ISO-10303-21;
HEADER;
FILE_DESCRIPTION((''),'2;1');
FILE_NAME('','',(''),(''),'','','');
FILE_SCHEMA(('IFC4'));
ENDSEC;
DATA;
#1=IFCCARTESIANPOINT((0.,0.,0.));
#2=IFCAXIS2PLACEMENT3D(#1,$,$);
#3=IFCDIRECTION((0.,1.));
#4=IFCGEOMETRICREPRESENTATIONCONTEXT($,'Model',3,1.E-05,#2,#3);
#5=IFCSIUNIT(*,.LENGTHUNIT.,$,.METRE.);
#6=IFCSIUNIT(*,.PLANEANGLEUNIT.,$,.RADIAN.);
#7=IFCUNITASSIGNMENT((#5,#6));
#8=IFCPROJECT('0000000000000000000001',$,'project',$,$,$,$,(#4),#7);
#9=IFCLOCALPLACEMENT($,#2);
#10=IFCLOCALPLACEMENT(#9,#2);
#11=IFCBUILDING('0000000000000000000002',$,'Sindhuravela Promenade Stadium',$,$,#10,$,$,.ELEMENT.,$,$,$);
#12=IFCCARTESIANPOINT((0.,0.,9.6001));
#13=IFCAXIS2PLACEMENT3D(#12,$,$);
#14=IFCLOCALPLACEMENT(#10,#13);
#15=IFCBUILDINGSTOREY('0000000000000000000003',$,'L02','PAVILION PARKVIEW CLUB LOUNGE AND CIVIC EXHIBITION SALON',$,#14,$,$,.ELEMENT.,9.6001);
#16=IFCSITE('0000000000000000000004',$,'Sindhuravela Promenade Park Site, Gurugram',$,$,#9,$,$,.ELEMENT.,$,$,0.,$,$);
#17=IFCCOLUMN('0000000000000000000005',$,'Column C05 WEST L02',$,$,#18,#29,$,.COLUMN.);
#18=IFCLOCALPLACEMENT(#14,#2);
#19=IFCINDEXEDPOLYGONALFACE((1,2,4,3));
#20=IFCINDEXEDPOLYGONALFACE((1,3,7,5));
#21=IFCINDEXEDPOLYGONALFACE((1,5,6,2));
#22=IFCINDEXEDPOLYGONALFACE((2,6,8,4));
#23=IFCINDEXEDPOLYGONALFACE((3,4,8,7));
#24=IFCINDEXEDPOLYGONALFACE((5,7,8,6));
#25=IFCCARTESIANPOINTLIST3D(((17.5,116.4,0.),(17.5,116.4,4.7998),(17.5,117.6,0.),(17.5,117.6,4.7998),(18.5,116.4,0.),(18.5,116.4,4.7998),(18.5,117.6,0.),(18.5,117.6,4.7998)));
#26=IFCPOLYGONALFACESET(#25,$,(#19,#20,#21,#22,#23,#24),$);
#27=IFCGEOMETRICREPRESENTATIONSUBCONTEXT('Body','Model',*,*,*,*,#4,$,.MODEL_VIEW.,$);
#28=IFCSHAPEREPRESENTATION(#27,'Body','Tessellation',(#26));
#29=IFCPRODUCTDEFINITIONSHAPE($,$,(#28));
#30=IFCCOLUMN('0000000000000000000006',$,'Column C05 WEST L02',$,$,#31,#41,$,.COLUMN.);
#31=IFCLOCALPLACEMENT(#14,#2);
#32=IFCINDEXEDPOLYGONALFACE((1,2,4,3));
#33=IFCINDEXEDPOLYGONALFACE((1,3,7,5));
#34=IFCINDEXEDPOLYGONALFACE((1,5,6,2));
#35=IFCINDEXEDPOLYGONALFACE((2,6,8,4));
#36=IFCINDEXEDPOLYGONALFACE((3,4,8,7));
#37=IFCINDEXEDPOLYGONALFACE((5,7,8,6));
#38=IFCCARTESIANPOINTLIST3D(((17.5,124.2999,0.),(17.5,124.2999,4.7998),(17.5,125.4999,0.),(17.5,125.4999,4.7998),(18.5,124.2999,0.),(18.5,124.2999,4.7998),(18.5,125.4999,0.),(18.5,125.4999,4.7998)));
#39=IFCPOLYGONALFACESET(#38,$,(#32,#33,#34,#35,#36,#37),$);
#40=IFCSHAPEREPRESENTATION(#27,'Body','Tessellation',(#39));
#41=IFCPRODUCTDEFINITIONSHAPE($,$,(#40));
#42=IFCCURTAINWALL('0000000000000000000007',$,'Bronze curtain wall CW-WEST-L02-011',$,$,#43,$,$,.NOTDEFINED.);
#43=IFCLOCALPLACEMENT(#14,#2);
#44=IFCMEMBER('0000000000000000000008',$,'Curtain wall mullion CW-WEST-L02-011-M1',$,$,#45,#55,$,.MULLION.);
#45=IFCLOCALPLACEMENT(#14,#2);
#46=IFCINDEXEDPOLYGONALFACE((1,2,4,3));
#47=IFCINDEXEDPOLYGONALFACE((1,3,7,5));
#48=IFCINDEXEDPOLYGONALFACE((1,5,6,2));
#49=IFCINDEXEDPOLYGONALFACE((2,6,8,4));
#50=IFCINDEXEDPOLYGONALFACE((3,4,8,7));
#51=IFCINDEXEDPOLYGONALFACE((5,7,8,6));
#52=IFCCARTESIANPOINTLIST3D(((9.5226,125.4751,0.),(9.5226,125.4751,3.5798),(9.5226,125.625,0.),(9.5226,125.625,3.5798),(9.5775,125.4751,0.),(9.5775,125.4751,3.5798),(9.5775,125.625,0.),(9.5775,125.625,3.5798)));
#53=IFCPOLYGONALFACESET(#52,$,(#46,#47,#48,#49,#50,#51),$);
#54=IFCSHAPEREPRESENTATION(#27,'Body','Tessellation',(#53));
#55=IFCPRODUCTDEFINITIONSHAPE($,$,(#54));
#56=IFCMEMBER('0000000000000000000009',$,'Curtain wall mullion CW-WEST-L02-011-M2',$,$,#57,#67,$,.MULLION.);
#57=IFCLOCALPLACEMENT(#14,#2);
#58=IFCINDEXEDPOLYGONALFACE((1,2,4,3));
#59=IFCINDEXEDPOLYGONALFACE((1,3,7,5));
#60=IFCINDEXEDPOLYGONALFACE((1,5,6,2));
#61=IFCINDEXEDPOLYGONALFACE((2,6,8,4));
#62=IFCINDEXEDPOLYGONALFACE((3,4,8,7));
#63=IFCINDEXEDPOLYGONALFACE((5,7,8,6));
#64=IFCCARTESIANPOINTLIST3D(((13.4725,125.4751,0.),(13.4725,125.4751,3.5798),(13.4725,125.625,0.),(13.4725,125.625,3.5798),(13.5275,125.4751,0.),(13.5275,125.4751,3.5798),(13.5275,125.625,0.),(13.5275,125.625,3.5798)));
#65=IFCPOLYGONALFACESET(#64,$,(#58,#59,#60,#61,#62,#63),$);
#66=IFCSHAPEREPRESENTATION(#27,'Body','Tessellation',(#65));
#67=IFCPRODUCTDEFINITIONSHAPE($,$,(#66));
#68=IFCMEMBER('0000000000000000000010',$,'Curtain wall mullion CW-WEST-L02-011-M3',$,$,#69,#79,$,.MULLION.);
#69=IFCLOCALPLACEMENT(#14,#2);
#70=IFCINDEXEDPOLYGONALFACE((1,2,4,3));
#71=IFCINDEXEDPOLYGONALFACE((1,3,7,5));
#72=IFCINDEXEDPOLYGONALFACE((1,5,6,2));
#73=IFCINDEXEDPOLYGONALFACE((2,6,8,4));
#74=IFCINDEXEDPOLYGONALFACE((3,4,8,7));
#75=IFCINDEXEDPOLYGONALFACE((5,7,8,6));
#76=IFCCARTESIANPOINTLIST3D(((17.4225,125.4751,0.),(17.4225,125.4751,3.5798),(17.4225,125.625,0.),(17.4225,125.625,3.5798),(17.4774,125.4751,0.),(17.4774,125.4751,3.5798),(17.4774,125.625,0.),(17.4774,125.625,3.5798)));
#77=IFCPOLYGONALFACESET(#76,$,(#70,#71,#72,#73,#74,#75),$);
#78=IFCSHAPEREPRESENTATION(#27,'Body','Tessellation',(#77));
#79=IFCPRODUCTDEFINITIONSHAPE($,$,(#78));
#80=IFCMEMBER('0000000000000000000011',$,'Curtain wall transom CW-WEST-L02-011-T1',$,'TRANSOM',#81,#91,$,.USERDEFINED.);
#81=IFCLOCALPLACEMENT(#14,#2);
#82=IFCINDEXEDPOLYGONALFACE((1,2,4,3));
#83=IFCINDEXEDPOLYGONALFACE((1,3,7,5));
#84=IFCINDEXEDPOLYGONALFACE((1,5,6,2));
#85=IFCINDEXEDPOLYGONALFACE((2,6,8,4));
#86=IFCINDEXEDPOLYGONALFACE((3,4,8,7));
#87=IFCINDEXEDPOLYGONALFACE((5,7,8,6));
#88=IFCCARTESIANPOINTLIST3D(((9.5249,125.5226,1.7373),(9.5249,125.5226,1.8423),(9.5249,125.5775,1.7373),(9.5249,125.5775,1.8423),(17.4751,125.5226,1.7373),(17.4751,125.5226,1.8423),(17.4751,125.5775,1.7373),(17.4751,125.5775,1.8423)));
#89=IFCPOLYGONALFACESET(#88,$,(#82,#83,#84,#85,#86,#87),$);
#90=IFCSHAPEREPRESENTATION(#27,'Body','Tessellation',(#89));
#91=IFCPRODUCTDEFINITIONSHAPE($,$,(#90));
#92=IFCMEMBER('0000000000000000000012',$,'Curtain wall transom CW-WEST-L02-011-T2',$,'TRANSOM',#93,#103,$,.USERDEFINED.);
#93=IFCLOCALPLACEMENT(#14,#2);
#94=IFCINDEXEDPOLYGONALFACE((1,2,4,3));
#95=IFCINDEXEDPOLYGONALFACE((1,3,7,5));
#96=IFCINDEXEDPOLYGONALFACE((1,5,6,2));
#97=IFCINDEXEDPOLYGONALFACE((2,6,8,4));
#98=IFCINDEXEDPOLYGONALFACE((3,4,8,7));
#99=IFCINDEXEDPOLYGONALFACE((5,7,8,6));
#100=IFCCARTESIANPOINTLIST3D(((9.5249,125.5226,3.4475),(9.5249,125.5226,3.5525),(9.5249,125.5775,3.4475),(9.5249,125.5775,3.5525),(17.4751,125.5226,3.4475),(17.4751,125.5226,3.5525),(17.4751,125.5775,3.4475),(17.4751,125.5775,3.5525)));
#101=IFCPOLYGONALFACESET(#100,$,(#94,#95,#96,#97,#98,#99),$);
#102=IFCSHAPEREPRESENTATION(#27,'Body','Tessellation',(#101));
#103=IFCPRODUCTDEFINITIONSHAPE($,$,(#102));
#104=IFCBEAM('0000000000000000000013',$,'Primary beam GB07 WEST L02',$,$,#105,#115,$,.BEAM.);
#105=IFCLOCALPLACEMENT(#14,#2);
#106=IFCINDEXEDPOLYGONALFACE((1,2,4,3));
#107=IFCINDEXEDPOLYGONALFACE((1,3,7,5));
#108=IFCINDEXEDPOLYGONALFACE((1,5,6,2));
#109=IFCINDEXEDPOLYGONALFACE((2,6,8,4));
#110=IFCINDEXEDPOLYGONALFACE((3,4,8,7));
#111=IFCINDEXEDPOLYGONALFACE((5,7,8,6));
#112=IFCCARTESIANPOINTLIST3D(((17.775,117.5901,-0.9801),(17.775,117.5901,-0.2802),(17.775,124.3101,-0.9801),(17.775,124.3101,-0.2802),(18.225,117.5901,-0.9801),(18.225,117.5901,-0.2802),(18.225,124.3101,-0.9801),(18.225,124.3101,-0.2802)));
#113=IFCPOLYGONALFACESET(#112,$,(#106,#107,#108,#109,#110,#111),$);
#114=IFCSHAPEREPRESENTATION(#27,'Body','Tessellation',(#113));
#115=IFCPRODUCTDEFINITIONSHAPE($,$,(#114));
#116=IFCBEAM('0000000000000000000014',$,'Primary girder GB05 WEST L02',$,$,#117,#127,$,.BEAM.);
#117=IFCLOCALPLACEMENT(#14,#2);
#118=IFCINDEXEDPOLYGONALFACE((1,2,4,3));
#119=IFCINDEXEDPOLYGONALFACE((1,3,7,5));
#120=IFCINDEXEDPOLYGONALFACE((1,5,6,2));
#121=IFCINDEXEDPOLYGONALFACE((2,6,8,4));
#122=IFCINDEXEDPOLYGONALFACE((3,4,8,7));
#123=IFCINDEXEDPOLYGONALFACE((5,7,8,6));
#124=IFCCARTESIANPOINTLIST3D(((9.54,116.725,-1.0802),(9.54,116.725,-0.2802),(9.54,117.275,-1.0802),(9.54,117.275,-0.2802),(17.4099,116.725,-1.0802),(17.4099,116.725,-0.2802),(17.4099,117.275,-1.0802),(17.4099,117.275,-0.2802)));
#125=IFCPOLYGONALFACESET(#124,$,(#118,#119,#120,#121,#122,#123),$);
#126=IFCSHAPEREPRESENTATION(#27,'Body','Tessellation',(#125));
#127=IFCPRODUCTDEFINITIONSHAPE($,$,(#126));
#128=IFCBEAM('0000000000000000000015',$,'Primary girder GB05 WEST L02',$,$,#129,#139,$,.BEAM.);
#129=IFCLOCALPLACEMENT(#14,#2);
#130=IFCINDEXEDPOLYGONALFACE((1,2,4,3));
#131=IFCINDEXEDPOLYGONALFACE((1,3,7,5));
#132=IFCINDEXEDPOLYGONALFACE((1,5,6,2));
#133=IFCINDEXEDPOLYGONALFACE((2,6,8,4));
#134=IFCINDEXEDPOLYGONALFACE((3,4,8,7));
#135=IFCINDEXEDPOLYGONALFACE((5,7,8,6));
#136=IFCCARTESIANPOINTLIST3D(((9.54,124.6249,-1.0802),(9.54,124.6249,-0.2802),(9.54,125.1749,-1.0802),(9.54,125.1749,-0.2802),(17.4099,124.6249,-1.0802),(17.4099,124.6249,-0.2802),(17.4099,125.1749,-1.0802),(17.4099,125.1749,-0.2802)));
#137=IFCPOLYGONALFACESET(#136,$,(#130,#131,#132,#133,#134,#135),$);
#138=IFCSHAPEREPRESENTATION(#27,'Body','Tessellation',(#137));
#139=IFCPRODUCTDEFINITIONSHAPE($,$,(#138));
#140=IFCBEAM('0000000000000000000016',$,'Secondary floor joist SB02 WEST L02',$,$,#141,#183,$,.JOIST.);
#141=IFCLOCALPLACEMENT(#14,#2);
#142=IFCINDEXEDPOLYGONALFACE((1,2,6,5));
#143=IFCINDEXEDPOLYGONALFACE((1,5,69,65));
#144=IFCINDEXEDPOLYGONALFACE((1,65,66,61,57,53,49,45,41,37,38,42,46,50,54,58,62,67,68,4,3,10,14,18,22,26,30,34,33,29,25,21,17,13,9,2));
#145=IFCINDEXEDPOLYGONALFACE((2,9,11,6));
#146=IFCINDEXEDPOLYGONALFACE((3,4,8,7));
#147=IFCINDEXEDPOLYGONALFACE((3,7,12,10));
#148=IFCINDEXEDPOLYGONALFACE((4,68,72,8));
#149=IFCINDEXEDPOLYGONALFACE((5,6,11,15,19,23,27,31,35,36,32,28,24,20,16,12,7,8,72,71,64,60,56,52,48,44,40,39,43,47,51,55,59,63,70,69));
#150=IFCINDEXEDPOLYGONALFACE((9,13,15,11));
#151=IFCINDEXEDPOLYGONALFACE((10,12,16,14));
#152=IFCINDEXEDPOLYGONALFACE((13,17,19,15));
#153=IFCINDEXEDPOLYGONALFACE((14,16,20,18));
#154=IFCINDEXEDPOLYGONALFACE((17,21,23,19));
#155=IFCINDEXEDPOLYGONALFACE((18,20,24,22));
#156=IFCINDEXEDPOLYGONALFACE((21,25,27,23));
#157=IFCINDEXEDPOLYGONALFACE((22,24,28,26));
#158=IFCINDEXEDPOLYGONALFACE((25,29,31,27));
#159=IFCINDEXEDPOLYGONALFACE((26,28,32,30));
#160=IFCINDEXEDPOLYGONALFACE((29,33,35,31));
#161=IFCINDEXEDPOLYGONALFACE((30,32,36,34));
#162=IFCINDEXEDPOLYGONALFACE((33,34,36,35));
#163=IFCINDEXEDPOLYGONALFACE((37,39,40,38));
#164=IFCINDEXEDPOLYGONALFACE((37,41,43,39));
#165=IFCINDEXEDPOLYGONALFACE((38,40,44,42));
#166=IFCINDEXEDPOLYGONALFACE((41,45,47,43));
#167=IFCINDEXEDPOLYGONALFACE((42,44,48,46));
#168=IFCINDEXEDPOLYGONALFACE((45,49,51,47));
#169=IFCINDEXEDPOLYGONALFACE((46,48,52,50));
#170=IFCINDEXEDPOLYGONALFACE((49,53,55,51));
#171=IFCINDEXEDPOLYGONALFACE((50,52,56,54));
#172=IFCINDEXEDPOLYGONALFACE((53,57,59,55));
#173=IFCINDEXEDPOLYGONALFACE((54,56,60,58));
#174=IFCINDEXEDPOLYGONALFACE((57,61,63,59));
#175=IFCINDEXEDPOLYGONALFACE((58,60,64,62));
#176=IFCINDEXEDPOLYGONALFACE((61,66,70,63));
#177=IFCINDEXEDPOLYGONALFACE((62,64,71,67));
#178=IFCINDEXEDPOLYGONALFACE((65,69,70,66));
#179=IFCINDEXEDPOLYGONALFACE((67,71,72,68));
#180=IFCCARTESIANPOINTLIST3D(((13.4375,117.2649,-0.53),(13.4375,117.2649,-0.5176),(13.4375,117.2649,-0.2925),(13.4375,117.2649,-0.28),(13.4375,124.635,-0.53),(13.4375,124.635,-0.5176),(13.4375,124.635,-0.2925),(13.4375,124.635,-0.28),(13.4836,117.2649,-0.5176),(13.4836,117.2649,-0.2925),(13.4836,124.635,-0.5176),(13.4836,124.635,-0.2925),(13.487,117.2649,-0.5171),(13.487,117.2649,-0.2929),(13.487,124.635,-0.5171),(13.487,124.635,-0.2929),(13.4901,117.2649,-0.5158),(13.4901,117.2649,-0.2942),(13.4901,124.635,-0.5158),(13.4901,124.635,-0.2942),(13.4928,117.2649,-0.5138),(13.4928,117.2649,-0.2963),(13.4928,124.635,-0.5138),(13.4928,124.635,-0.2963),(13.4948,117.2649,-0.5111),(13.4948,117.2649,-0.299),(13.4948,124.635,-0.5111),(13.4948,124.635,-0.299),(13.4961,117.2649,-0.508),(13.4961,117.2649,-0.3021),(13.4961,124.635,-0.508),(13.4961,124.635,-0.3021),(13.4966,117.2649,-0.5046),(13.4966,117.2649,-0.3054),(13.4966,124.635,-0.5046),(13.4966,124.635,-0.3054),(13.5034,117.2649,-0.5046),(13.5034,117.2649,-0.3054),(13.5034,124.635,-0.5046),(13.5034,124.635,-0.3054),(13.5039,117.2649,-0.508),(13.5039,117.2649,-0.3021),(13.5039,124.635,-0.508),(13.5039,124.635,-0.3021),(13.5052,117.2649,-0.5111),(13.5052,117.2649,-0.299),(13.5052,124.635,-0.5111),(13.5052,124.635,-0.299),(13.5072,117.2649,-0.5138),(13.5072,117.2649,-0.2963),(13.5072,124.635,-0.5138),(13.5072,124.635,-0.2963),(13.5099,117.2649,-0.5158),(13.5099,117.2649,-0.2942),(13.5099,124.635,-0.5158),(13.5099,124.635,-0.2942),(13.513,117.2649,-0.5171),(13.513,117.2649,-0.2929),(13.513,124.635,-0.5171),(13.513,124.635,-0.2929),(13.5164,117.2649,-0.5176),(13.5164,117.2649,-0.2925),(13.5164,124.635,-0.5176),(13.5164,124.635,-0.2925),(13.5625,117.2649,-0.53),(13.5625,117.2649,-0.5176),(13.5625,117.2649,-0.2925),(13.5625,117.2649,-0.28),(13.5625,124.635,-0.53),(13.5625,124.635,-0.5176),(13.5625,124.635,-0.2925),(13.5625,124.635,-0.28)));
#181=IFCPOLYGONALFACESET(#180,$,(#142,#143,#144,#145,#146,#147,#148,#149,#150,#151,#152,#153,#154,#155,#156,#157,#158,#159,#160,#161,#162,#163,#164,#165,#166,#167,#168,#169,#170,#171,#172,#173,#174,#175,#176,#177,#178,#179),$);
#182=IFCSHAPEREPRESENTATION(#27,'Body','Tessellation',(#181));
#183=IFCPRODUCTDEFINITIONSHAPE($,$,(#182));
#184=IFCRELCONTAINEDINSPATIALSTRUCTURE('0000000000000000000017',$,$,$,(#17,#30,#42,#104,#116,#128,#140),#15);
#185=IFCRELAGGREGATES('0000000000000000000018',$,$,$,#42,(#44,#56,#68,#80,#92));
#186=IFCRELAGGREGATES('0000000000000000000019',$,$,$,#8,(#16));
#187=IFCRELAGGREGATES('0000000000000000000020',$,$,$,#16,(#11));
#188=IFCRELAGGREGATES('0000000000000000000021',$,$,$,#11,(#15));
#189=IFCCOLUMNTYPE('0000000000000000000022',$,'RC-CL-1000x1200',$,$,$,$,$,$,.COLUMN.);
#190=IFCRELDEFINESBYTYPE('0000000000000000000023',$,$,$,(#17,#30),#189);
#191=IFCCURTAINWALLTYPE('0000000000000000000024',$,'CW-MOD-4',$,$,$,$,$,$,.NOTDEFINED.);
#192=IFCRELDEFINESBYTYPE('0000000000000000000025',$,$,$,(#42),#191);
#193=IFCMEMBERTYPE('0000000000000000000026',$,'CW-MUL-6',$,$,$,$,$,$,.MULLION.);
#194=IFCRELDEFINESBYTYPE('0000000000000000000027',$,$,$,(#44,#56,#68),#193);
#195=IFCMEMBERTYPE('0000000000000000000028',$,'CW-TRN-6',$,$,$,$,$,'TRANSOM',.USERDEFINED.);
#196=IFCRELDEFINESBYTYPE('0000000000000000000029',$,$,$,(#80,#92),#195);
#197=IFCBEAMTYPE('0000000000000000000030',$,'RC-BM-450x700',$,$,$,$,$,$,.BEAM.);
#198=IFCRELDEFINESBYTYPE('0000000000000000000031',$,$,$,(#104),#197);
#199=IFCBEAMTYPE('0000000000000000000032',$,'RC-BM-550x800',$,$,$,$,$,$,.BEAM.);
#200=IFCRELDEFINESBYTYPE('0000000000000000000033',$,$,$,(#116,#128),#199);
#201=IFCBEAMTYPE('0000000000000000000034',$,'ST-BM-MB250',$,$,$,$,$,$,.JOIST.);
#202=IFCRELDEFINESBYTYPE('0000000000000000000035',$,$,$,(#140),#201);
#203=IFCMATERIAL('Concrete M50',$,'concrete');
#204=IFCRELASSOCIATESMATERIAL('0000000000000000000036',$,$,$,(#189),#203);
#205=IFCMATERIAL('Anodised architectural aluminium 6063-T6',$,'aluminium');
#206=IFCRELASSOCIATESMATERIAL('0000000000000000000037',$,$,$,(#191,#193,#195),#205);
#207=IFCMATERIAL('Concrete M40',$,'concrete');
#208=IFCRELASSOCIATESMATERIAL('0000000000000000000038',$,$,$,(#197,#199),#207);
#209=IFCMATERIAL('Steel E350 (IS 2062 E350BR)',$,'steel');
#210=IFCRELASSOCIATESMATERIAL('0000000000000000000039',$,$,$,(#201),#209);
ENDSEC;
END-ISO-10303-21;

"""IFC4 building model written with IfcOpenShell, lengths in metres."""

from ifc_helpers import new_model, si_unit, direction, frame, origin, origin_2d, place, context, subcontext, project, spatial, rectangle, i_section, extrude, material, material_profile, profile_set, type_object, element, aggregate, save


model = new_model("IFC4")

# Units and contexts
model_context = context("Model", 3, precision=1e-05, world=origin(), true_north=direction((0.0, 1.0)))
body_context = subcontext(model_context, "Body", "Model", "MODEL_VIEW")
ifc_project = project(units=[si_unit("LENGTHUNIT", "METRE"), si_unit("PLANEANGLEUNIT", "RADIAN")], contexts=[model_context])

# Site, building, storey
site_placement = place(None, origin())
site = spatial("IfcSite", under=ifc_project, at=site_placement, Name="Sindhuravela Promenade Park Site, Gurugram", CompositionType="ELEMENT", RefElevation=0.0)
building_placement = place(site_placement, origin())
building = spatial("IfcBuilding", under=site, at=building_placement, Name="Sindhuravela Promenade Stadium", CompositionType="ELEMENT")
storey_placement = place(building_placement, frame((0.0, 0.0, 9.6001)))
storey = spatial("IfcBuildingStorey", under=building, at=storey_placement, Name="L02", Description="PAVILION PARKVIEW CLUB LOUNGE AND CIVIC EXHIBITION SALON", CompositionType="ELEMENT", Elevation=9.6001)

# Columns
ifc_material_1 = material(Name="Concrete M50", Category="concrete")
ifc_material_profile_1 = material_profile(ifc_material_1, rectangle(XDim=1.0, YDim=1.2, at=origin_2d()), Name="RC 1000x1200")
ifc_profile_set_1 = profile_set([ifc_material_profile_1], Name="Concrete M50")
column_type = type_object("IfcColumnType", Name="RC-CL-1000x1200", PredefinedType="COLUMN", material=ifc_profile_set_1)
for number, where, z_axis, x_axis, name in (
    (1, (18.0, 117.0, 0.0), (0.0, 0.0, 1.0), (1.0, 0.0, 0.0), "Column C05 WEST L02"),
    (2, (18.0, 124.8999, 0.0), (0.0, 0.0, 1.0), (1.0, 0.0, 0.0), "Column C05 WEST L02"),
):
    element("IfcColumn", number, at=place(storey_placement, frame(where, z_axis=z_axis, x_axis=x_axis)), inside=storey, type_object=column_type, Name=name, PredefinedType="COLUMN", context=body_context, shape_type="SweptSolid", body=[
        extrude(rectangle(XDim=1.0, YDim=1.2, at=origin_2d()), origin(), (0.0, 0.0, 1.0), 4.7998),
    ])

# Curtain wall, members
ifc_material_2 = material(Name="Anodised architectural aluminium 6063-T6", Category="aluminium")
curtain_wall_type = type_object("IfcCurtainWallType", Name="CW-MOD-4", PredefinedType="NOTDEFINED", material=ifc_material_2)
curtain_wall_placement = place(storey_placement, origin())
curtain_wall = element("IfcCurtainWall", 3, at=curtain_wall_placement, inside=storey, type_object=curtain_wall_type, Name="Bronze curtain wall CW-WEST-L02-011", PredefinedType="NOTDEFINED")
ifc_material_profile_2 = material_profile(ifc_material_2, rectangle(XDim=0.0549, YDim=0.1499, at=origin_2d()), Name="ALU M55x150")
ifc_profile_set_2 = profile_set([ifc_material_profile_2], Name="Anodised architectural aluminium 6063-T6")
member_type_1 = type_object("IfcMemberType", Name="CW-MUL-6", PredefinedType="MULLION", material=ifc_profile_set_2)
member_1_placement = place(storey_placement, frame((9.55, 125.55, 0.0), z_axis=(0.0, 0.0, 1.0), x_axis=(1.0, 0.0, 0.0)))
member_1 = element("IfcMember", 4, at=member_1_placement, type_object=member_type_1, Name="Curtain wall mullion CW-WEST-L02-011-M1", PredefinedType="MULLION", context=body_context, shape_type="SweptSolid", body=[
    extrude(rectangle(XDim=0.0549, YDim=0.1499, at=origin_2d()), origin(), (0.0, 0.0, 1.0), 3.5798),
])
member_2_placement = place(storey_placement, frame((13.5, 125.55, 0.0), z_axis=(0.0, 0.0, 1.0), x_axis=(1.0, 0.0, 0.0)))
member_2 = element("IfcMember", 5, at=member_2_placement, type_object=member_type_1, Name="Curtain wall mullion CW-WEST-L02-011-M2", PredefinedType="MULLION", context=body_context, shape_type="SweptSolid", body=[
    extrude(rectangle(XDim=0.0549, YDim=0.1499, at=origin_2d()), origin(), (0.0, 0.0, 1.0), 3.5798),
])
member_3_placement = place(storey_placement, frame((17.45, 125.55, 0.0), z_axis=(0.0, 0.0, 1.0), x_axis=(1.0, 0.0, 0.0)))
member_3 = element("IfcMember", 6, at=member_3_placement, type_object=member_type_1, Name="Curtain wall mullion CW-WEST-L02-011-M3", PredefinedType="MULLION", context=body_context, shape_type="SweptSolid", body=[
    extrude(rectangle(XDim=0.0549, YDim=0.1499, at=origin_2d()), origin(), (0.0, 0.0, 1.0), 3.5798),
])
ifc_material_profile_3 = material_profile(ifc_material_2, rectangle(XDim=0.0549, YDim=0.105, at=origin_2d()), Name="ALU T55x105")
ifc_profile_set_3 = profile_set([ifc_material_profile_3], Name="Anodised architectural aluminium 6063-T6")
member_type_2 = type_object("IfcMemberType", Name="CW-TRN-6", ElementType="TRANSOM", PredefinedType="USERDEFINED", material=ifc_profile_set_3)
member_4_placement = place(storey_placement, frame((9.5249, 125.55, 1.7898), z_axis=(1.0, 0.0, 0.0), x_axis=(0.0, 1.0, 0.0)))
member_4 = element("IfcMember", 7, at=member_4_placement, type_object=member_type_2, Name="Curtain wall transom CW-WEST-L02-011-T1", ObjectType="TRANSOM", PredefinedType="USERDEFINED", context=body_context, shape_type="SweptSolid", body=[
    extrude(rectangle(XDim=0.0549, YDim=0.105, at=origin_2d()), origin(), (0.0, 0.0, 1.0), 7.9502),
])
member_5_placement = place(storey_placement, frame((9.5249, 125.55, 3.5), z_axis=(1.0, 0.0, 0.0), x_axis=(0.0, 1.0, 0.0)))
member_5 = element("IfcMember", 8, at=member_5_placement, type_object=member_type_2, Name="Curtain wall transom CW-WEST-L02-011-T2", ObjectType="TRANSOM", PredefinedType="USERDEFINED", context=body_context, shape_type="SweptSolid", body=[
    extrude(rectangle(XDim=0.0549, YDim=0.105, at=origin_2d()), origin(), (0.0, 0.0, 1.0), 7.9502),
])

# Beams
ifc_material_3 = material(Name="Concrete M40", Category="concrete")
ifc_material_profile_4 = material_profile(ifc_material_3, rectangle(XDim=0.45, YDim=0.7, at=origin_2d()), Name="RC 450x700")
ifc_profile_set_4 = profile_set([ifc_material_profile_4], Name="Concrete M40")
beam_type_1 = type_object("IfcBeamType", Name="RC-BM-450x700", PredefinedType="BEAM", material=ifc_profile_set_4)
beam_1_placement = place(storey_placement, frame((18.0, 117.5901, -0.6301), z_axis=(0.0, 1.0, 0.0), x_axis=(-1.0, 0.0, 0.0)))
element("IfcBeam", 9, at=beam_1_placement, inside=storey, type_object=beam_type_1, Name="Primary beam GB07 WEST L02", PredefinedType="BEAM", context=body_context, shape_type="SweptSolid", body=[
    extrude(rectangle(XDim=0.45, YDim=0.7, at=origin_2d()), origin(), (0.0, 0.0, 1.0), 6.72),
])
ifc_material_profile_5 = material_profile(ifc_material_3, rectangle(XDim=0.55, YDim=0.8, at=origin_2d()), Name="RC 550x800")
ifc_profile_set_5 = profile_set([ifc_material_profile_5], Name="Concrete M40")
beam_type_2 = type_object("IfcBeamType", Name="RC-BM-550x800", PredefinedType="BEAM", material=ifc_profile_set_5)
for number, where, z_axis, x_axis, name in (
    (10, (9.54, 117.0, -0.6802), (1.0, 0.0, 0.0), (0.0, 1.0, 0.0), "Primary girder GB05 WEST L02"),
    (11, (9.54, 124.8999, -0.6802), (1.0, 0.0, 0.0), (0.0, 1.0, 0.0), "Primary girder GB05 WEST L02"),
):
    element("IfcBeam", number, at=place(storey_placement, frame(where, z_axis=z_axis, x_axis=x_axis)), inside=storey, type_object=beam_type_2, Name=name, PredefinedType="BEAM", context=body_context, shape_type="SweptSolid", body=[
        extrude(rectangle(XDim=0.55, YDim=0.8, at=origin_2d()), origin(), (0.0, 0.0, 1.0), 7.8699),
    ])
ifc_material_4 = material(Name="Steel E350 (IS 2062 E350BR)", Category="steel")
ifc_material_profile_6 = material_profile(ifc_material_4, i_section(OverallWidth=0.125, OverallDepth=0.25, WebThickness=0.0068, FlangeThickness=0.0125, FilletRadius=0.0129, at=origin_2d()), Name="ISMB 250")
ifc_profile_set_6 = profile_set([ifc_material_profile_6], Name="Steel E350 (IS 2062 E350BR)")
beam_type_3 = type_object("IfcBeamType", Name="ST-BM-MB250", PredefinedType="JOIST", material=ifc_profile_set_6)
beam_2_placement = place(storey_placement, frame((13.5, 117.2649, -0.405), z_axis=(0.0, 1.0, 0.0), x_axis=(-1.0, 0.0, 0.0)))
element("IfcBeam", 12, at=beam_2_placement, inside=storey, type_object=beam_type_3, Name="Secondary floor joist SB02 WEST L02", PredefinedType="JOIST", context=body_context, shape_type="SweptSolid", body=[
    extrude(i_section(OverallWidth=0.125, OverallDepth=0.25, WebThickness=0.0068, FlangeThickness=0.0125, FilletRadius=0.0129, at=origin_2d()), origin(), (0.0, 0.0, 1.0), 7.3701),
])

aggregate(curtain_wall, [member_1, member_2, member_3, member_4, member_5])

save(model, "model.ifc")
